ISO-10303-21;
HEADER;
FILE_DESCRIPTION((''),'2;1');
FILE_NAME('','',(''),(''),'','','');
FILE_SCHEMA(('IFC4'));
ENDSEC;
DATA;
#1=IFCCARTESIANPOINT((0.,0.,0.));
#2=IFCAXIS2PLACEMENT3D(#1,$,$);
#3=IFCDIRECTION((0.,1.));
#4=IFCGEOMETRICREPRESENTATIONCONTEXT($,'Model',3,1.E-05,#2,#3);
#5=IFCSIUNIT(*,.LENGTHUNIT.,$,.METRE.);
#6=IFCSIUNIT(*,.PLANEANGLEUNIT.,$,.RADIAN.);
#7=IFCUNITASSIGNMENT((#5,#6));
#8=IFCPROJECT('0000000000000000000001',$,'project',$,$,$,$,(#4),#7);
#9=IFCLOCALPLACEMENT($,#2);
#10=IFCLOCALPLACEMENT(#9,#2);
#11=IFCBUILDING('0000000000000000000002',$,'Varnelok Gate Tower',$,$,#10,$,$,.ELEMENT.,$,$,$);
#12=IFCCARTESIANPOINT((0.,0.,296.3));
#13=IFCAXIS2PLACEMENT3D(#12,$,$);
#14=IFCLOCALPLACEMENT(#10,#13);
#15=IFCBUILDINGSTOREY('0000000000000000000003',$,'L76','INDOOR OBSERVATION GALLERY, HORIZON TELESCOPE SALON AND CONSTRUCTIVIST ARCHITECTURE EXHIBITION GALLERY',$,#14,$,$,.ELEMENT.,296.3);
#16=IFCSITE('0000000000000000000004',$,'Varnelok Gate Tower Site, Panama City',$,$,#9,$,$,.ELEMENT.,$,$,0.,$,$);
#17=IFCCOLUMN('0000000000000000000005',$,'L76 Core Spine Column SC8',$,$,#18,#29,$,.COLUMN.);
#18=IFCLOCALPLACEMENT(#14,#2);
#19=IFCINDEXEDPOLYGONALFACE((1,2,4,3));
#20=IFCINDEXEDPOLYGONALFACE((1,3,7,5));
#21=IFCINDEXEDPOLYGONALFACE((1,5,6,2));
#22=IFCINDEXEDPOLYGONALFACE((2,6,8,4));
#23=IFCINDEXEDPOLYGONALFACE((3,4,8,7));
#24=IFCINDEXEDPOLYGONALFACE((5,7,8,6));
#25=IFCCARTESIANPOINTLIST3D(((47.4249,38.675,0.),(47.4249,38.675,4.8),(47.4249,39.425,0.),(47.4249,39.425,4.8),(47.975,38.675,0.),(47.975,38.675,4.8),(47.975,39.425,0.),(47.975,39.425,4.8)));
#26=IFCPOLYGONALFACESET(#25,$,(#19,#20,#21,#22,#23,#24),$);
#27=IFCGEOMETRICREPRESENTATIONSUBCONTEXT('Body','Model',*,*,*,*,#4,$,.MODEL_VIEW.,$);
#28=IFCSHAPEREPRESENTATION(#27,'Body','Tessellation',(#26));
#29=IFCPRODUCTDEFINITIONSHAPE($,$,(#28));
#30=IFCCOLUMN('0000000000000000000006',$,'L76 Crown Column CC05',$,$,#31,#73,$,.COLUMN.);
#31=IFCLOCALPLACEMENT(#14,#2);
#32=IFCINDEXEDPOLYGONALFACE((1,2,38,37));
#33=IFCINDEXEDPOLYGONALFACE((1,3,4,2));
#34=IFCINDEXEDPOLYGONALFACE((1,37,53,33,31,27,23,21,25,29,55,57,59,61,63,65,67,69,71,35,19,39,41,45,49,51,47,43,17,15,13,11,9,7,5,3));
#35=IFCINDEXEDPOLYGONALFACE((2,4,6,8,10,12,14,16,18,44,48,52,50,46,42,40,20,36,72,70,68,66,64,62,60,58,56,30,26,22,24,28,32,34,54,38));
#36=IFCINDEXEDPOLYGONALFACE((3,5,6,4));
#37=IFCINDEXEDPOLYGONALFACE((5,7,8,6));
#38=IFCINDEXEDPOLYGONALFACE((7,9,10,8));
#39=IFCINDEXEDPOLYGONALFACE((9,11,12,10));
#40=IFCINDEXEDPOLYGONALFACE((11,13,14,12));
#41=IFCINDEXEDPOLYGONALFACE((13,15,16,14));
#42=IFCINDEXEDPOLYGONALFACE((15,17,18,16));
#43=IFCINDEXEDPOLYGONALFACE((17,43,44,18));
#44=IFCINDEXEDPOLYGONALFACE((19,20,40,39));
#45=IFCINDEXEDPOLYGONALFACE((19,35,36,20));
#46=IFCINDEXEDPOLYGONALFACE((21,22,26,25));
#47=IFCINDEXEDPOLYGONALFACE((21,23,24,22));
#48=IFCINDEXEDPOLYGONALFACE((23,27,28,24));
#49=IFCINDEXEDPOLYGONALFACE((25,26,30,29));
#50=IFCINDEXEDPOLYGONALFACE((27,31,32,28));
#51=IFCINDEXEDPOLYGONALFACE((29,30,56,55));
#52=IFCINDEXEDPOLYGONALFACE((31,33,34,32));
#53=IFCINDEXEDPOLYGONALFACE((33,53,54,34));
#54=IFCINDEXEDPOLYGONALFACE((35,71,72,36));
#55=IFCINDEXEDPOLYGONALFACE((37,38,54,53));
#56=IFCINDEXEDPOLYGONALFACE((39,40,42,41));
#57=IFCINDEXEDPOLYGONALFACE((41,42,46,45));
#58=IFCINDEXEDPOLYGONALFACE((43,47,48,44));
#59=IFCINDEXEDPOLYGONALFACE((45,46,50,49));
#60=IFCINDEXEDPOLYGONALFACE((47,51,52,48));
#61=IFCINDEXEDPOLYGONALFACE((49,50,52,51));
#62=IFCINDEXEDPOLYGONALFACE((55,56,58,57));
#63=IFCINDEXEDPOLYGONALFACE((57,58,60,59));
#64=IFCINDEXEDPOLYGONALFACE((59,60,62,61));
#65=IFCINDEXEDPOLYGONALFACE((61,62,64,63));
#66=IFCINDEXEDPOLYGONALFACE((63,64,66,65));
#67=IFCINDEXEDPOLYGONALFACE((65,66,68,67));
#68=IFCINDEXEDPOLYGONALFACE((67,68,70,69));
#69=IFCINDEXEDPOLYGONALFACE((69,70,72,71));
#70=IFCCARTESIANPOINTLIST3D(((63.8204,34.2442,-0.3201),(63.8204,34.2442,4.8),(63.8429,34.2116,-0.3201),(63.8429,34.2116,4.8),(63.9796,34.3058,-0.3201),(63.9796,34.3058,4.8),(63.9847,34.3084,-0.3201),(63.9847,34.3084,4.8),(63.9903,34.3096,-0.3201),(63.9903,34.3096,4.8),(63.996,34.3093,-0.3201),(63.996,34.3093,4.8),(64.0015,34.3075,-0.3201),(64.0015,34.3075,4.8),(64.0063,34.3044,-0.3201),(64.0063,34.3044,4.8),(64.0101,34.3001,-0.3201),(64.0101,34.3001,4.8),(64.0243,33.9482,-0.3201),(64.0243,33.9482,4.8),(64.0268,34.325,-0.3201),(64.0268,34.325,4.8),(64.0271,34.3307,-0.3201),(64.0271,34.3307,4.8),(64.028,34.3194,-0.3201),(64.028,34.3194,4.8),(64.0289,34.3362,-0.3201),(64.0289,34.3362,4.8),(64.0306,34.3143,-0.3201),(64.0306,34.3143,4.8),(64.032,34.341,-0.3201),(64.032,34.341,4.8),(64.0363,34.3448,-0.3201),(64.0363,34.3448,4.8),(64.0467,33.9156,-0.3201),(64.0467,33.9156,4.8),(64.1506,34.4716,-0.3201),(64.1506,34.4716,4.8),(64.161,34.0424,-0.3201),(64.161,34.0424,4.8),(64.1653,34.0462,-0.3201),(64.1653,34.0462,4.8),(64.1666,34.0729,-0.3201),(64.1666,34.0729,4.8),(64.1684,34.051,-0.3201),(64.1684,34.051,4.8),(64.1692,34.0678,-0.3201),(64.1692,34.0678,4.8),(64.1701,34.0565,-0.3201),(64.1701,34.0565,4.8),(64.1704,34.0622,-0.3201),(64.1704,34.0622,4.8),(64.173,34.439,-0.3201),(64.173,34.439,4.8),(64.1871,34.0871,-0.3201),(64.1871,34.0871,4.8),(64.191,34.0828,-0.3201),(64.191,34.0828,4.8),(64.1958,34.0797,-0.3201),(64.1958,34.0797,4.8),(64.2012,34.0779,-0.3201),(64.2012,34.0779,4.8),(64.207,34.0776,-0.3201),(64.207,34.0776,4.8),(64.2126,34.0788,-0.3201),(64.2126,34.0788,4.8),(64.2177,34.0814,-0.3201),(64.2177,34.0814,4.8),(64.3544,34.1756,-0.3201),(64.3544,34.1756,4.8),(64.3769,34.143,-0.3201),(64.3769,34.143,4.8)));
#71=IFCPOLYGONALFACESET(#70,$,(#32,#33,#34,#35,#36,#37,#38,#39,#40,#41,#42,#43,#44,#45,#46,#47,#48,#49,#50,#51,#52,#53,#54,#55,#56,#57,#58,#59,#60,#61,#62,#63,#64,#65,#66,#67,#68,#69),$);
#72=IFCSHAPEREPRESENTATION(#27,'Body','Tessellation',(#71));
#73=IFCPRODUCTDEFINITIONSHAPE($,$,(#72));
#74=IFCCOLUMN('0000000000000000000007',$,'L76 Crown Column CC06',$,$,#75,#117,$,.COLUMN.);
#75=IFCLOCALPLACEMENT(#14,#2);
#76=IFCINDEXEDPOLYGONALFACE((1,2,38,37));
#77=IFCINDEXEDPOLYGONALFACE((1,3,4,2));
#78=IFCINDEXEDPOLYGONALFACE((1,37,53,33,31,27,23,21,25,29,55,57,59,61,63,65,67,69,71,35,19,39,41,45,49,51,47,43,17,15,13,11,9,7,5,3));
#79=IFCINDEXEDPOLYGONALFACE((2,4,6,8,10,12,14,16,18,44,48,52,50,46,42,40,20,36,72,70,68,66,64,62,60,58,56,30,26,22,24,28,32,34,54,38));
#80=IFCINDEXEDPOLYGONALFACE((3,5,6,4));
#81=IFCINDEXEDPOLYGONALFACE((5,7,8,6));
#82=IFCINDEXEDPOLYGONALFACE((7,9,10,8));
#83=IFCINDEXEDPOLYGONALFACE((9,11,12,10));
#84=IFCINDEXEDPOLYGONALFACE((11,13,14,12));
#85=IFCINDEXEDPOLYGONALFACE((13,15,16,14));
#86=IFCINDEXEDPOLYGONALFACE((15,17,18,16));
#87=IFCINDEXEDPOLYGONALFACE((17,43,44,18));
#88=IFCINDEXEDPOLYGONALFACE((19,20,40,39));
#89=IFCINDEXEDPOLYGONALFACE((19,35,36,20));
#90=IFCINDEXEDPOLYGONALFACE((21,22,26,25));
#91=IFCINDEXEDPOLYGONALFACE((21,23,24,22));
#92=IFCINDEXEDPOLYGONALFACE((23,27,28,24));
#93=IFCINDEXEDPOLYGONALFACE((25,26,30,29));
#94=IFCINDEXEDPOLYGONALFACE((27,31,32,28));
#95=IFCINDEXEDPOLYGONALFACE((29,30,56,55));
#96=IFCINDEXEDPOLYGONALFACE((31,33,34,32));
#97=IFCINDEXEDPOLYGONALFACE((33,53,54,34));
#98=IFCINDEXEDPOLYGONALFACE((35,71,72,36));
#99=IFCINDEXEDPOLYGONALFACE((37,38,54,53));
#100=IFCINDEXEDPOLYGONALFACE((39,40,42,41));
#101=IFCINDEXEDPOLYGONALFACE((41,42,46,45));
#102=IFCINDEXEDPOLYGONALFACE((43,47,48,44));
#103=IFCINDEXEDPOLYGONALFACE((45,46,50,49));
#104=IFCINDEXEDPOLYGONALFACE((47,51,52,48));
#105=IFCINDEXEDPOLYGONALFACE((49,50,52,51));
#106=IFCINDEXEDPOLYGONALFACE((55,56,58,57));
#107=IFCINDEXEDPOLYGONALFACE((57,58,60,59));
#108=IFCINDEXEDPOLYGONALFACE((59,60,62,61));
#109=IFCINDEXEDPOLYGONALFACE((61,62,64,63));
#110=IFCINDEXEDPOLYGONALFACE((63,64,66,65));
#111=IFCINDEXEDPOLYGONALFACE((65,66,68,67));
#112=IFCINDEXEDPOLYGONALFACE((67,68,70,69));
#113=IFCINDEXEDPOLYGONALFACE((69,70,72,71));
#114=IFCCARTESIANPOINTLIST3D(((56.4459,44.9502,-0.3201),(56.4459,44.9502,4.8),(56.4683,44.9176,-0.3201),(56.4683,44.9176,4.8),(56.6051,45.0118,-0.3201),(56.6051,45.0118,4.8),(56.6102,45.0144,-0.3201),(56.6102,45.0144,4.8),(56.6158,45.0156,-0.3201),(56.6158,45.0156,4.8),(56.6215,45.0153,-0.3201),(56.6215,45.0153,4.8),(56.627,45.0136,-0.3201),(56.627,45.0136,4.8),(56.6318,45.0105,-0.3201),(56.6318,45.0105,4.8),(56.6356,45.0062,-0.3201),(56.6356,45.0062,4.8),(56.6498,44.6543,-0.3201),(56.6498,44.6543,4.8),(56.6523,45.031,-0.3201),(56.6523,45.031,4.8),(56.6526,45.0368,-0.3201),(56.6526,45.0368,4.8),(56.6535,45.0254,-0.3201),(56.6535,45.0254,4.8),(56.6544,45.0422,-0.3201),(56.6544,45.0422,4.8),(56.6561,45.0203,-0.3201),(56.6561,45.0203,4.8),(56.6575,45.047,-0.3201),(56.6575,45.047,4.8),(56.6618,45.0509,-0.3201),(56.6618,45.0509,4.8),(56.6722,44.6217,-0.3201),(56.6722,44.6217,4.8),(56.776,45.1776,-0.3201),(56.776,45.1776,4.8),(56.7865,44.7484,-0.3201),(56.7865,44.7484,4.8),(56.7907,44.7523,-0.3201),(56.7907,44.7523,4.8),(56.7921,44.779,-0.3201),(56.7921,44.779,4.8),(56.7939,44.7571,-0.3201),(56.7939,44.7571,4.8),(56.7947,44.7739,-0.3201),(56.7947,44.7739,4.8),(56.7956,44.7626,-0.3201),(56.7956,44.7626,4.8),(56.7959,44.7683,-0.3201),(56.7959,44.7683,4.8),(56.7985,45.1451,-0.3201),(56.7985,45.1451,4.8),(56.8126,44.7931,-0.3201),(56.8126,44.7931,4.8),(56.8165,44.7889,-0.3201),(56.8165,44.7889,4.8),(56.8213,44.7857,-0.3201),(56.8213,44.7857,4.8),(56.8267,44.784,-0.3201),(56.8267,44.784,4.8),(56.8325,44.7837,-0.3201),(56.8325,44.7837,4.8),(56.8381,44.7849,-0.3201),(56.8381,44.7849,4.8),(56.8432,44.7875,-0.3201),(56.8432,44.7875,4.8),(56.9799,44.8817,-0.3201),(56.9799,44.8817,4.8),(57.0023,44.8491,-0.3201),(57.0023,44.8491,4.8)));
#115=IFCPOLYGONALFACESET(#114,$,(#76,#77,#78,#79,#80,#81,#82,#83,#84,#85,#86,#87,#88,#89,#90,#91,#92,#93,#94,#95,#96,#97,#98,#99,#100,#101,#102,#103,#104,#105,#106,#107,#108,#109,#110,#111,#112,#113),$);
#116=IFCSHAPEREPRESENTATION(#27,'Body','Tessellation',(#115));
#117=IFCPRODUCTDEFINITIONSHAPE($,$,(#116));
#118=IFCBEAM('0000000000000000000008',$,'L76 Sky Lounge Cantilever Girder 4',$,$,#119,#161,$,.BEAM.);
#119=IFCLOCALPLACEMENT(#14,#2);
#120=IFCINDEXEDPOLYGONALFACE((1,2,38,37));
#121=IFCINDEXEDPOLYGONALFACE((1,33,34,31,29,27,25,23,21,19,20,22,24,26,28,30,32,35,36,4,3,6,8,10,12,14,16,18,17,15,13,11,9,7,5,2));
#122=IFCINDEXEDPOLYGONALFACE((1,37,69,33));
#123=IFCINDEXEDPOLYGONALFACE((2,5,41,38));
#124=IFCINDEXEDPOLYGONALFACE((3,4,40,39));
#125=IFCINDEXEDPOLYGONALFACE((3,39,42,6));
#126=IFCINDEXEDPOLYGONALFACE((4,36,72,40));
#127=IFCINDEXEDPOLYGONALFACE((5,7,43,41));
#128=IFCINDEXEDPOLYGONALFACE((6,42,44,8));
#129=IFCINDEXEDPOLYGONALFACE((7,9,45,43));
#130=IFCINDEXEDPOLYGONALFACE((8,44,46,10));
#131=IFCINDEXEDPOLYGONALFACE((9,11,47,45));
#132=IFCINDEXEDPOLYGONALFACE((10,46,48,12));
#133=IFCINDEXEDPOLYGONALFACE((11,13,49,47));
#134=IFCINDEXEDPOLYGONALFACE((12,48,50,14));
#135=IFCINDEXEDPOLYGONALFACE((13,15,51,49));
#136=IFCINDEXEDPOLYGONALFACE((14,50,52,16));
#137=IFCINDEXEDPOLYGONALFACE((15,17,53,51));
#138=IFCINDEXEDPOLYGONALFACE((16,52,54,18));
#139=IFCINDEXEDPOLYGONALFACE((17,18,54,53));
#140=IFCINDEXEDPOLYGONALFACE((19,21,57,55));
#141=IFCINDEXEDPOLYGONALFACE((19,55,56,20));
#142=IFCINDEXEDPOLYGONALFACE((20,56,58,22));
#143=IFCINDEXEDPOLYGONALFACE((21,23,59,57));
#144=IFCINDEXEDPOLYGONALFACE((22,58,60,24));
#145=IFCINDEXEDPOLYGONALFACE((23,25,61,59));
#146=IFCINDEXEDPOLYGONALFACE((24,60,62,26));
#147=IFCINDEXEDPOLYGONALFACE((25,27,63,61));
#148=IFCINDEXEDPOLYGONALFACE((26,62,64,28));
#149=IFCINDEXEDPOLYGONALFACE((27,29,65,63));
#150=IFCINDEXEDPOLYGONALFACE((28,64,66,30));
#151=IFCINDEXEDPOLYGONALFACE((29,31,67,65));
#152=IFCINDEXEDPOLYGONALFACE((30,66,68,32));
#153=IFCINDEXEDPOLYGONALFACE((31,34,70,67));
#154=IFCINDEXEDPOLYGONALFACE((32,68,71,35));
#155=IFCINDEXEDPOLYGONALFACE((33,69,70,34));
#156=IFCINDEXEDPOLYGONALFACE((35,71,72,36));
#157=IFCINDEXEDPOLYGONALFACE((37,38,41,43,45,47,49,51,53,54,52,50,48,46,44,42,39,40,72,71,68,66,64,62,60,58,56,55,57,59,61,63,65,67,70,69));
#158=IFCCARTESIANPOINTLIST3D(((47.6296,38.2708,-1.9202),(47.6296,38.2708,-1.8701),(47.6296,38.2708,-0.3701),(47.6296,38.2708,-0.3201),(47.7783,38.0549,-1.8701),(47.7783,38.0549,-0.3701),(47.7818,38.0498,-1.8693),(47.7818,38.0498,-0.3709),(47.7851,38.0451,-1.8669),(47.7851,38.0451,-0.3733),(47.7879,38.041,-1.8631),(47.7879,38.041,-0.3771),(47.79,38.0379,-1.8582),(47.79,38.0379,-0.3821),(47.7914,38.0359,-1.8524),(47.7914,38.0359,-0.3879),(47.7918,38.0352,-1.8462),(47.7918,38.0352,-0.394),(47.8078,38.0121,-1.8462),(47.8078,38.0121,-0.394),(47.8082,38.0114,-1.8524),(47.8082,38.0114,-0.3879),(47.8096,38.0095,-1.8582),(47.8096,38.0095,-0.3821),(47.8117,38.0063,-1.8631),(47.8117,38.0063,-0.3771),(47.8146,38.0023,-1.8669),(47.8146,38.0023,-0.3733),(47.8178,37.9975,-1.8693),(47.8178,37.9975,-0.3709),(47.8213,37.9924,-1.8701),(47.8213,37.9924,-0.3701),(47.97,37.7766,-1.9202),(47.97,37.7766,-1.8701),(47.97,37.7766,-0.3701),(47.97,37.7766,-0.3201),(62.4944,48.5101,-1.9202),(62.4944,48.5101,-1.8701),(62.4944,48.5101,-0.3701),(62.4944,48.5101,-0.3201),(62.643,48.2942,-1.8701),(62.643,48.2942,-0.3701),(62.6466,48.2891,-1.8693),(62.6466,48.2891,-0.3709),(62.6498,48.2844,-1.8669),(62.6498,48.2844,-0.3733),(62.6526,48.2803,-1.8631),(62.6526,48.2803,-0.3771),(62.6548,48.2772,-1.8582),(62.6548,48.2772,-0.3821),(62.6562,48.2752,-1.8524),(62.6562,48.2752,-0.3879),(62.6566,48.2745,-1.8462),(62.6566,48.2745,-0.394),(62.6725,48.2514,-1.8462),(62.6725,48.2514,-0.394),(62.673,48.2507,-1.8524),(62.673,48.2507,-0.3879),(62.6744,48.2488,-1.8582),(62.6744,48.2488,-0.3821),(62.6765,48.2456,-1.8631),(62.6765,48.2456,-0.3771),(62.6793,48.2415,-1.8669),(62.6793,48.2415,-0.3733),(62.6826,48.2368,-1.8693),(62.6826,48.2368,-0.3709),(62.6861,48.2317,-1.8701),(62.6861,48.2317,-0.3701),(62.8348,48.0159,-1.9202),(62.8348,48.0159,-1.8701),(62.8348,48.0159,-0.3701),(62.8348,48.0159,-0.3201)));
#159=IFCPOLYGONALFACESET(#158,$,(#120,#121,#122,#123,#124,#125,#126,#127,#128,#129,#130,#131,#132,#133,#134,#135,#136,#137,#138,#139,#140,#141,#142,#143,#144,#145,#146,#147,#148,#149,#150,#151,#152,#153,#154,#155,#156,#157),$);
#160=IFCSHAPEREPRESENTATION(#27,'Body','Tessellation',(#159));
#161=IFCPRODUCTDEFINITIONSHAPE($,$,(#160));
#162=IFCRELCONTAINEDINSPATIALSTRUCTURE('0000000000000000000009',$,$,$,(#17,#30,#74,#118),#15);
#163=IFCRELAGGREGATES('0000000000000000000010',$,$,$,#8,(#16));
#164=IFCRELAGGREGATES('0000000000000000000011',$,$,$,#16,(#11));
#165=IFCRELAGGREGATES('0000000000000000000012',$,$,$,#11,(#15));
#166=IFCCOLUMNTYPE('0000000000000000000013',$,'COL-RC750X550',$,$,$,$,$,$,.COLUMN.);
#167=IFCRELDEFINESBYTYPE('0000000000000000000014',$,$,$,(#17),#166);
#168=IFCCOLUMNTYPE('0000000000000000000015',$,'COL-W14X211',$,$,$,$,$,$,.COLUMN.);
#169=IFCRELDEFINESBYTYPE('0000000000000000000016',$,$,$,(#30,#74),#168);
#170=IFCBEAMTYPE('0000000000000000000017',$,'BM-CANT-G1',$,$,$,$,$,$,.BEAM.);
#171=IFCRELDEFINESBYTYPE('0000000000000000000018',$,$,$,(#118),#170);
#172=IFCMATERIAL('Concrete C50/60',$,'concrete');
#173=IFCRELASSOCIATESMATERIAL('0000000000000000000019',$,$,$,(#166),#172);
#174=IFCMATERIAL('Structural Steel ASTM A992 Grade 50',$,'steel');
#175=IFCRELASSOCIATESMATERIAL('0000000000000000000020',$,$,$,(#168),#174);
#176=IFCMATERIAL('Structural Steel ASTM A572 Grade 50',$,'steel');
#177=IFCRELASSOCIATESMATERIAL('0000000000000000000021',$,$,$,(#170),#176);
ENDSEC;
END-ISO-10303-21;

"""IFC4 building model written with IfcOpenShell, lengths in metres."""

from ifc_helpers import new_model, si_unit, direction, frame, origin, origin_2d, place, context, subcontext, project, spatial, rectangle, i_section, extrude, material, material_profile, profile_set, type_object, element, save


model = new_model("IFC4")

# Units and contexts
model_context = context("Model", 3, precision=1e-05, world=origin(), true_north=direction((0.0, 1.0)))
body_context = subcontext(model_context, "Body", "Model", "MODEL_VIEW")
ifc_project = project(units=[si_unit("LENGTHUNIT", "METRE"), si_unit("PLANEANGLEUNIT", "RADIAN")], contexts=[model_context])

# Site, building, storey
site_placement = place(None, origin())
site = spatial("IfcSite", under=ifc_project, at=site_placement, Name="Varnelok Gate Tower Site, Panama City", CompositionType="ELEMENT", RefElevation=0.0)
building_placement = place(site_placement, origin())
building = spatial("IfcBuilding", under=site, at=building_placement, Name="Varnelok Gate Tower", CompositionType="ELEMENT")
storey_placement = place(building_placement, frame((0.0, 0.0, 296.3)))
storey = spatial("IfcBuildingStorey", under=building, at=storey_placement, Name="L76", Description="INDOOR OBSERVATION GALLERY, HORIZON TELESCOPE SALON AND CONSTRUCTIVIST ARCHITECTURE EXHIBITION GALLERY", CompositionType="ELEMENT", Elevation=296.3)

# Columns
ifc_material_1 = material(Name="Concrete C50/60", Category="concrete")
ifc_material_profile_1 = material_profile(ifc_material_1, rectangle(XDim=0.55, YDim=0.75, at=origin_2d()), Name="RC750X550")
ifc_profile_set_1 = profile_set([ifc_material_profile_1], Name="Concrete C50/60")
column_type_1 = type_object("IfcColumnType", Name="COL-RC750X550", PredefinedType="COLUMN", material=ifc_profile_set_1)
column_placement = place(storey_placement, frame((47.7, 39.05, 0.0), z_axis=(0.0, 0.0, 1.0), x_axis=(1.0, 0.0, 0.0)))
element("IfcColumn", 1, at=column_placement, inside=storey, type_object=column_type_1, Name="L76 Core Spine Column SC8", PredefinedType="COLUMN", context=body_context, shape_type="SweptSolid", body=[
    extrude(rectangle(XDim=0.55, YDim=0.75, at=origin_2d()), origin(), (0.0, 0.0, 1.0), 4.8),
])
ifc_material_2 = material(Name="Structural Steel ASTM A992 Grade 50", Category="steel")
ifc_material_profile_2 = material_profile(ifc_material_2, i_section(OverallWidth=0.4009, OverallDepth=0.3989, WebThickness=0.0249, FlangeThickness=0.0396, FilletRadius=0.022, at=origin_2d()), Name="W14X211")
ifc_profile_set_2 = profile_set([ifc_material_profile_2], Name="Structural Steel ASTM A992 Grade 50")
column_type_2 = type_object("IfcColumnType", Name="COL-W14X211", PredefinedType="COLUMN", material=ifc_profile_set_2)
for number, where, z_axis, x_axis, name in (
    (2, (64.0986, 34.1936, -0.3201), (0.0, 0.0, 1.0), (0.823533, 0.567269, 0.0), "L76 Crown Column CC05"),
    (3, (56.7241, 44.8997, -0.3201), (0.0, 0.0, 1.0), (0.823533, 0.567269, 0.0), "L76 Crown Column CC06"),
):
    element("IfcColumn", number, at=place(storey_placement, frame(where, z_axis=z_axis, x_axis=x_axis)), inside=storey, type_object=column_type_2, Name=name, PredefinedType="COLUMN", context=body_context, shape_type="SweptSolid", body=[
        extrude(i_section(OverallWidth=0.4009, OverallDepth=0.3989, WebThickness=0.0249, FlangeThickness=0.0396, FilletRadius=0.022, at=origin_2d()), origin(), (0.0, 0.0, 1.0), 5.1201),
    ])

# Beam
ifc_material_3 = material(Name="Structural Steel ASTM A572 Grade 50", Category="steel")
ifc_material_profile_3 = material_profile(ifc_material_3, i_section(OverallWidth=0.6001, OverallDepth=1.6001, WebThickness=0.0281, FlangeThickness=0.05, FilletRadius=0.0239, at=origin_2d()), Name="PG1600X600")
ifc_profile_set_3 = profile_set([ifc_material_profile_3], Name="Structural Steel ASTM A572 Grade 50")
beam_type_1 = type_object("IfcBeamType", Name="BM-CANT-G1", PredefinedType="BEAM", material=ifc_profile_set_3)
beam_1_placement = place(storey_placement, frame((47.7998, 38.0237, -1.1201), z_axis=(0.823531, 0.567271, 0.0), x_axis=(-0.567271, 0.823531, 0.0)))
element("IfcBeam", 4, at=beam_1_placement, inside=storey, type_object=beam_type_1, Name="L76 Sky Lounge Cantilever Girder 4", PredefinedType="BEAM", context=body_context, shape_type="SweptSolid", body=[
    extrude(i_section(OverallWidth=0.6001, OverallDepth=1.6001, WebThickness=0.0281, FlangeThickness=0.05, FilletRadius=0.0239, at=origin_2d()), origin(), (0.0, 0.0, 1.0), 18.05),
])

save(model, "model.ifc")
